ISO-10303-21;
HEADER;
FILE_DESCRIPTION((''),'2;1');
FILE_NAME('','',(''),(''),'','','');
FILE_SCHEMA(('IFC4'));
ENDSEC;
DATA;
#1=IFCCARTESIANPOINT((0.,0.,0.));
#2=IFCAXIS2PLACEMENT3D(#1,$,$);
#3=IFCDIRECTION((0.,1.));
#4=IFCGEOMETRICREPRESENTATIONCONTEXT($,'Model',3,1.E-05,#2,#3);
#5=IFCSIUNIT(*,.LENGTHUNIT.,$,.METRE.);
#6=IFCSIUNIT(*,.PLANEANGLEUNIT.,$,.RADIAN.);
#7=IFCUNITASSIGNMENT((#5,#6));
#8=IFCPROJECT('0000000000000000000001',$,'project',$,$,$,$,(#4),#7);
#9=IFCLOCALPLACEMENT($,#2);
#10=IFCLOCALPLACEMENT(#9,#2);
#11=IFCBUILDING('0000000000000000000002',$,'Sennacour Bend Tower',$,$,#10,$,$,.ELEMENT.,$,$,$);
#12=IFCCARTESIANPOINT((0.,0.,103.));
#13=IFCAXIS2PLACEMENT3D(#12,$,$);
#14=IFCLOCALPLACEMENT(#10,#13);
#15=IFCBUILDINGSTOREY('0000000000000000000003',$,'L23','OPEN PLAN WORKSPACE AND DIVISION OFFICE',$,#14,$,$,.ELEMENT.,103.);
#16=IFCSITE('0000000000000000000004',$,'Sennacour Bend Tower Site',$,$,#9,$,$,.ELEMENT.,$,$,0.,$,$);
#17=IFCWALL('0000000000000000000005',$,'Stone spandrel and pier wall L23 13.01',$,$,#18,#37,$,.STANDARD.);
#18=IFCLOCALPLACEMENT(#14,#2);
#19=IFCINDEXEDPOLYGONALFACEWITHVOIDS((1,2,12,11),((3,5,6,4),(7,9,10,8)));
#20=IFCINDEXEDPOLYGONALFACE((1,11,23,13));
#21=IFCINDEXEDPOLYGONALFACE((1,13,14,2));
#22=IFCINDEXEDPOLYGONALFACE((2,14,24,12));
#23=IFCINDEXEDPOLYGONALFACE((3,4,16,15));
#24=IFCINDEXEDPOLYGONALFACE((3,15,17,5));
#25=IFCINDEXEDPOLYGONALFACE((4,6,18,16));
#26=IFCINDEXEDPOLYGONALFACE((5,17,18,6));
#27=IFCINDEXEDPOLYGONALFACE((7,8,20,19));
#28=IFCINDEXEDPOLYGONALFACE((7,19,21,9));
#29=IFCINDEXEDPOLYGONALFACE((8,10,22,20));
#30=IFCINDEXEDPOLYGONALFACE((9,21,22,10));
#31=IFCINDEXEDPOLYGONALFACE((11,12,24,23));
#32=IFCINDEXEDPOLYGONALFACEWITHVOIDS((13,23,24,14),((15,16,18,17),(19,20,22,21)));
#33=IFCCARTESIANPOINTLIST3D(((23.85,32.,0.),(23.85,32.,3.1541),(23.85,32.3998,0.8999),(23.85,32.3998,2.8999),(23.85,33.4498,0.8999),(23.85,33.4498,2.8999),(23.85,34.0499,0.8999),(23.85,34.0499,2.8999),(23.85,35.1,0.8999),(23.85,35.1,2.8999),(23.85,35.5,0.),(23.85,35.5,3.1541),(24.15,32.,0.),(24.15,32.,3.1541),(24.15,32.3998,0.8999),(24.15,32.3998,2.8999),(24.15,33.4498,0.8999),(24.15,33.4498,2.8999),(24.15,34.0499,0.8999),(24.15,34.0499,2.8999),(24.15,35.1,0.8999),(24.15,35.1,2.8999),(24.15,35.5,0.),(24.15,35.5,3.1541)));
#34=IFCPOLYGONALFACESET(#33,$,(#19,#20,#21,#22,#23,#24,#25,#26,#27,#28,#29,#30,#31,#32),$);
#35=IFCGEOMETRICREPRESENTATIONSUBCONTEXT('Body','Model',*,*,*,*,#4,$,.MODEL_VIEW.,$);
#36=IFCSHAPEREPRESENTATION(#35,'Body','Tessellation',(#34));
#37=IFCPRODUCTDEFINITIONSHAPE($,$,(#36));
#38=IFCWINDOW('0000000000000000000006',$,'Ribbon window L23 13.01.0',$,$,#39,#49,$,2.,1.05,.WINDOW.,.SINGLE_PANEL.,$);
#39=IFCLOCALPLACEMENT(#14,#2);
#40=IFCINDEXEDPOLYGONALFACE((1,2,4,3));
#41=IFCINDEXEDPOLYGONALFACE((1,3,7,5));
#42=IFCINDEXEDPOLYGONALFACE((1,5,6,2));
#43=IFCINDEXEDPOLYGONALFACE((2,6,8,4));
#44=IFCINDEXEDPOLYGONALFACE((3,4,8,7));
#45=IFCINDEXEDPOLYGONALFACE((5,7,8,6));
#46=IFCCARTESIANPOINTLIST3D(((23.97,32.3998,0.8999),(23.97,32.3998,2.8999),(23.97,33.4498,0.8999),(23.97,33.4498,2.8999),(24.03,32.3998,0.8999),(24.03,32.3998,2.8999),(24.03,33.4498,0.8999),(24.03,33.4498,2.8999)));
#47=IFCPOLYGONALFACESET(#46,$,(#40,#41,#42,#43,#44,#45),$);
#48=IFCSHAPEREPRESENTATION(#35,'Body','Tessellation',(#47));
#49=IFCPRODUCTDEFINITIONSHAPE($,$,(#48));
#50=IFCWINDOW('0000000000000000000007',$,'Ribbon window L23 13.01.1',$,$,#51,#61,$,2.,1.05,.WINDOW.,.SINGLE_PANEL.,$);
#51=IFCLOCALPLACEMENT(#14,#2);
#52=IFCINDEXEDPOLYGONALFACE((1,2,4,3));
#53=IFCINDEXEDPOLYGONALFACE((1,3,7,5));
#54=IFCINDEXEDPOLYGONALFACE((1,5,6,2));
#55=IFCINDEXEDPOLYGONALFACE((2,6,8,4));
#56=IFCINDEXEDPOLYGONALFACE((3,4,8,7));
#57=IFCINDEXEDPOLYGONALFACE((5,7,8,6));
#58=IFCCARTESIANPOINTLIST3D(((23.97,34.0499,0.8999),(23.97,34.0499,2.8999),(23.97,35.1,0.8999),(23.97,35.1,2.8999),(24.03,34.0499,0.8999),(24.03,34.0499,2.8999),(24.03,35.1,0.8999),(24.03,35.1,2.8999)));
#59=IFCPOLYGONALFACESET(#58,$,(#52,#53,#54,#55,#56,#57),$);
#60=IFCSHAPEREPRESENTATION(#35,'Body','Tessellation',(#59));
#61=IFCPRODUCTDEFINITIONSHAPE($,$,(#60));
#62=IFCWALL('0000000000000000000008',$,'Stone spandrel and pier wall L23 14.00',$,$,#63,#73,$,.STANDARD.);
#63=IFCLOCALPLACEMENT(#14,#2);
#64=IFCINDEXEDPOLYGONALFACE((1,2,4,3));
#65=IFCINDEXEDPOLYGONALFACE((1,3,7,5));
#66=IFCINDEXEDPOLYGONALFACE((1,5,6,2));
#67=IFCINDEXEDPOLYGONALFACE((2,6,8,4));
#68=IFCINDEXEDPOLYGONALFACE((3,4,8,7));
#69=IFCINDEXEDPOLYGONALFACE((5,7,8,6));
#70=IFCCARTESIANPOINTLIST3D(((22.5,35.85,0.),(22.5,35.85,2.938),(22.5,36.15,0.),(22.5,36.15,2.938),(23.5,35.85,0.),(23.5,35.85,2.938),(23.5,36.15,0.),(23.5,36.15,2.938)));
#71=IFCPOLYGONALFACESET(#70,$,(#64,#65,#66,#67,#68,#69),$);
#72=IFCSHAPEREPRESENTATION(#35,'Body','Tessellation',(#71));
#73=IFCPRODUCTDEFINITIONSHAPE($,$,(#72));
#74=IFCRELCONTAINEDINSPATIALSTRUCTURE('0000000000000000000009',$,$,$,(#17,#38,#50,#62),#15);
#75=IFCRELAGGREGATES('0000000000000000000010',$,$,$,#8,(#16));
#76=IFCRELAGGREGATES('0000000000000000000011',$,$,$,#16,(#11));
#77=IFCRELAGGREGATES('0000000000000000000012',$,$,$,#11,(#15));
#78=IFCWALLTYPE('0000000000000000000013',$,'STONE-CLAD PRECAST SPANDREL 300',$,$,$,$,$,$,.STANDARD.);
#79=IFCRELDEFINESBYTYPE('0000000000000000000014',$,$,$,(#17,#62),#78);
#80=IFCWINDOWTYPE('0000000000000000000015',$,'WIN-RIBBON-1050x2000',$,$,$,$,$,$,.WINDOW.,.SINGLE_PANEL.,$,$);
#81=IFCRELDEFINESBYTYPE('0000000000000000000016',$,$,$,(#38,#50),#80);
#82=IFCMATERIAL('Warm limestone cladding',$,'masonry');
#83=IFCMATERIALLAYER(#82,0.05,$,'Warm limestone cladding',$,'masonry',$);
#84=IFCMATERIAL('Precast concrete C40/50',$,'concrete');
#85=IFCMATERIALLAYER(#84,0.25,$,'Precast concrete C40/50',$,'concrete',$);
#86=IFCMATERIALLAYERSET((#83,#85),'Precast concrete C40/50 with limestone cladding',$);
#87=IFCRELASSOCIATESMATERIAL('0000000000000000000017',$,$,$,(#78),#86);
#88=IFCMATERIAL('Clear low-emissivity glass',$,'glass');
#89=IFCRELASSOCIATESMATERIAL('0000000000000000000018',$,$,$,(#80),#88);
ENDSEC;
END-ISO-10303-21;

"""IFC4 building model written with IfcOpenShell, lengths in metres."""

from ifc_helpers import new_model, si_unit, direction, frame, frame_2d, origin, place, context, subcontext, project, spatial, rectangle, extrude, material, layer, layer_set, type_object, element, fill, save


model = new_model("IFC4")

# Units and contexts
model_context = context("Model", 3, precision=1e-05, world=origin(), true_north=direction((0.0, 1.0)))
body_context = subcontext(model_context, "Body", "Model", "MODEL_VIEW")
ifc_project = project(units=[si_unit("LENGTHUNIT", "METRE"), si_unit("PLANEANGLEUNIT", "RADIAN")], contexts=[model_context])

# Site, building, storey
site_placement = place(None, origin())
site = spatial("IfcSite", under=ifc_project, at=site_placement, Name="Sennacour Bend Tower Site", CompositionType="ELEMENT", RefElevation=0.0)
building_placement = place(site_placement, origin())
building = spatial("IfcBuilding", under=site, at=building_placement, Name="Sennacour Bend Tower", CompositionType="ELEMENT")
storey_placement = place(building_placement, frame((0.0, 0.0, 103.0)))
storey = spatial("IfcBuildingStorey", under=building, at=storey_placement, Name="L23", Description="OPEN PLAN WORKSPACE AND DIVISION OFFICE", CompositionType="ELEMENT", Elevation=103.0)

# Shared definitions
ifc_material_1 = material(Name="Warm limestone cladding", Category="masonry")
ifc_layer_1 = layer(ifc_material_1, 0.05, Name="Warm limestone cladding", Category="masonry")
ifc_material_2 = material(Name="Precast concrete C40/50", Category="concrete")
ifc_layer_2 = layer(ifc_material_2, 0.25, Name="Precast concrete C40/50", Category="concrete")
ifc_layer_set_1 = layer_set([ifc_layer_1, ifc_layer_2], Name="Precast concrete C40/50 with limestone cladding")
wall_type_1 = type_object("IfcWallType", Name="STONE-CLAD PRECAST SPANDREL 300", PredefinedType="STANDARD", material=ifc_layer_set_1)

# Wall, openings, windows
ifc_material_3 = material(Name="Clear low-emissivity glass", Category="glass")
window_type_1 = type_object("IfcWindowType", Name="WIN-RIBBON-1050x2000", PartitioningType="SINGLE_PANEL", PredefinedType="WINDOW", material=ifc_material_3)
wall_1_placement = place(storey_placement, frame((24.0, 32.0, 0.0), z_axis=(0.0, 0.0, 1.0), x_axis=(0.0, 1.0, 0.0)))
wall_1 = element("IfcWall", 1, at=wall_1_placement, inside=storey, type_object=wall_type_1, Name="Stone spandrel and pier wall L23 13.01", PredefinedType="STANDARD", context=body_context, shape_type="SweptSolid", body=[
    extrude(rectangle(XDim=3.5, YDim=0.3, at=frame_2d((1.75, 0.0))), origin(), (0.0, 0.0, 1.0), 3.1541),
])
opening_1_placement = place(wall_1_placement, frame((0.3999, 0.0, 0.8999)))
opening_1 = element("IfcOpeningElement", 2, at=opening_1_placement, cuts=wall_1, PredefinedType="OPENING", context=body_context, shape_type="SweptSolid", body=[
    extrude(rectangle(XDim=1.05, YDim=2.0, at=frame_2d((0.5249, 1.0))), frame((0.0, 0.1602, 0.0), z_axis=(0.0, -1.0, 0.0), x_axis=(1.0, 0.0, 0.0)), (0.0, 0.0, 1.0), 0.3201),
])
opening_2_placement = place(wall_1_placement, frame((2.05, 0.0, 0.8999)))
opening_2 = element("IfcOpeningElement", 3, at=opening_2_placement, cuts=wall_1, PredefinedType="OPENING", context=body_context, shape_type="SweptSolid", body=[
    extrude(rectangle(XDim=1.05, YDim=2.0, at=frame_2d((0.5249, 1.0))), frame((0.0, 0.1602, 0.0), z_axis=(0.0, -1.0, 0.0), x_axis=(1.0, 0.0, 0.0)), (0.0, 0.0, 1.0), 0.3201),
])
window_1_placement = place(opening_1_placement, origin())
window_1 = element("IfcWindow", 4, at=window_1_placement, inside=storey, type_object=window_type_1, Name="Ribbon window L23 13.01.0", OverallHeight=2.0, OverallWidth=1.05, PartitioningType="SINGLE_PANEL", PredefinedType="WINDOW", context=body_context, shape_type="SweptSolid", body=[
    extrude(rectangle(XDim=1.05, YDim=2.0, at=frame_2d((0.5249, 1.0))), frame((0.0, 0.03, 0.0), z_axis=(0.0, -1.0, 0.0), x_axis=(1.0, 0.0, 0.0)), (0.0, 0.0, 1.0), 0.0601),
])
fill(opening_1, window_1)
window_2_placement = place(opening_2_placement, origin())
window_2 = element("IfcWindow", 5, at=window_2_placement, inside=storey, type_object=window_type_1, Name="Ribbon window L23 13.01.1", OverallHeight=2.0, OverallWidth=1.05, PartitioningType="SINGLE_PANEL", PredefinedType="WINDOW", context=body_context, shape_type="SweptSolid", body=[
    extrude(rectangle(XDim=1.05, YDim=2.0, at=frame_2d((0.5249, 1.0))), frame((0.0, 0.03, 0.0), z_axis=(0.0, -1.0, 0.0), x_axis=(1.0, 0.0, 0.0)), (0.0, 0.0, 1.0), 0.0601),
])
fill(opening_2, window_2)

# Wall
wall_2_placement = place(storey_placement, frame((23.5, 36.0, 0.0), z_axis=(0.0, 0.0, 1.0), x_axis=(-1.0, 0.0, 0.0)))
element("IfcWall", 6, at=wall_2_placement, inside=storey, type_object=wall_type_1, Name="Stone spandrel and pier wall L23 14.00", PredefinedType="STANDARD", context=body_context, shape_type="SweptSolid", body=[
    extrude(rectangle(XDim=1.0, YDim=0.3, at=frame_2d((0.5, 0.0))), origin(), (0.0, 0.0, 1.0), 2.938),
])

save(model, "model.ifc")
